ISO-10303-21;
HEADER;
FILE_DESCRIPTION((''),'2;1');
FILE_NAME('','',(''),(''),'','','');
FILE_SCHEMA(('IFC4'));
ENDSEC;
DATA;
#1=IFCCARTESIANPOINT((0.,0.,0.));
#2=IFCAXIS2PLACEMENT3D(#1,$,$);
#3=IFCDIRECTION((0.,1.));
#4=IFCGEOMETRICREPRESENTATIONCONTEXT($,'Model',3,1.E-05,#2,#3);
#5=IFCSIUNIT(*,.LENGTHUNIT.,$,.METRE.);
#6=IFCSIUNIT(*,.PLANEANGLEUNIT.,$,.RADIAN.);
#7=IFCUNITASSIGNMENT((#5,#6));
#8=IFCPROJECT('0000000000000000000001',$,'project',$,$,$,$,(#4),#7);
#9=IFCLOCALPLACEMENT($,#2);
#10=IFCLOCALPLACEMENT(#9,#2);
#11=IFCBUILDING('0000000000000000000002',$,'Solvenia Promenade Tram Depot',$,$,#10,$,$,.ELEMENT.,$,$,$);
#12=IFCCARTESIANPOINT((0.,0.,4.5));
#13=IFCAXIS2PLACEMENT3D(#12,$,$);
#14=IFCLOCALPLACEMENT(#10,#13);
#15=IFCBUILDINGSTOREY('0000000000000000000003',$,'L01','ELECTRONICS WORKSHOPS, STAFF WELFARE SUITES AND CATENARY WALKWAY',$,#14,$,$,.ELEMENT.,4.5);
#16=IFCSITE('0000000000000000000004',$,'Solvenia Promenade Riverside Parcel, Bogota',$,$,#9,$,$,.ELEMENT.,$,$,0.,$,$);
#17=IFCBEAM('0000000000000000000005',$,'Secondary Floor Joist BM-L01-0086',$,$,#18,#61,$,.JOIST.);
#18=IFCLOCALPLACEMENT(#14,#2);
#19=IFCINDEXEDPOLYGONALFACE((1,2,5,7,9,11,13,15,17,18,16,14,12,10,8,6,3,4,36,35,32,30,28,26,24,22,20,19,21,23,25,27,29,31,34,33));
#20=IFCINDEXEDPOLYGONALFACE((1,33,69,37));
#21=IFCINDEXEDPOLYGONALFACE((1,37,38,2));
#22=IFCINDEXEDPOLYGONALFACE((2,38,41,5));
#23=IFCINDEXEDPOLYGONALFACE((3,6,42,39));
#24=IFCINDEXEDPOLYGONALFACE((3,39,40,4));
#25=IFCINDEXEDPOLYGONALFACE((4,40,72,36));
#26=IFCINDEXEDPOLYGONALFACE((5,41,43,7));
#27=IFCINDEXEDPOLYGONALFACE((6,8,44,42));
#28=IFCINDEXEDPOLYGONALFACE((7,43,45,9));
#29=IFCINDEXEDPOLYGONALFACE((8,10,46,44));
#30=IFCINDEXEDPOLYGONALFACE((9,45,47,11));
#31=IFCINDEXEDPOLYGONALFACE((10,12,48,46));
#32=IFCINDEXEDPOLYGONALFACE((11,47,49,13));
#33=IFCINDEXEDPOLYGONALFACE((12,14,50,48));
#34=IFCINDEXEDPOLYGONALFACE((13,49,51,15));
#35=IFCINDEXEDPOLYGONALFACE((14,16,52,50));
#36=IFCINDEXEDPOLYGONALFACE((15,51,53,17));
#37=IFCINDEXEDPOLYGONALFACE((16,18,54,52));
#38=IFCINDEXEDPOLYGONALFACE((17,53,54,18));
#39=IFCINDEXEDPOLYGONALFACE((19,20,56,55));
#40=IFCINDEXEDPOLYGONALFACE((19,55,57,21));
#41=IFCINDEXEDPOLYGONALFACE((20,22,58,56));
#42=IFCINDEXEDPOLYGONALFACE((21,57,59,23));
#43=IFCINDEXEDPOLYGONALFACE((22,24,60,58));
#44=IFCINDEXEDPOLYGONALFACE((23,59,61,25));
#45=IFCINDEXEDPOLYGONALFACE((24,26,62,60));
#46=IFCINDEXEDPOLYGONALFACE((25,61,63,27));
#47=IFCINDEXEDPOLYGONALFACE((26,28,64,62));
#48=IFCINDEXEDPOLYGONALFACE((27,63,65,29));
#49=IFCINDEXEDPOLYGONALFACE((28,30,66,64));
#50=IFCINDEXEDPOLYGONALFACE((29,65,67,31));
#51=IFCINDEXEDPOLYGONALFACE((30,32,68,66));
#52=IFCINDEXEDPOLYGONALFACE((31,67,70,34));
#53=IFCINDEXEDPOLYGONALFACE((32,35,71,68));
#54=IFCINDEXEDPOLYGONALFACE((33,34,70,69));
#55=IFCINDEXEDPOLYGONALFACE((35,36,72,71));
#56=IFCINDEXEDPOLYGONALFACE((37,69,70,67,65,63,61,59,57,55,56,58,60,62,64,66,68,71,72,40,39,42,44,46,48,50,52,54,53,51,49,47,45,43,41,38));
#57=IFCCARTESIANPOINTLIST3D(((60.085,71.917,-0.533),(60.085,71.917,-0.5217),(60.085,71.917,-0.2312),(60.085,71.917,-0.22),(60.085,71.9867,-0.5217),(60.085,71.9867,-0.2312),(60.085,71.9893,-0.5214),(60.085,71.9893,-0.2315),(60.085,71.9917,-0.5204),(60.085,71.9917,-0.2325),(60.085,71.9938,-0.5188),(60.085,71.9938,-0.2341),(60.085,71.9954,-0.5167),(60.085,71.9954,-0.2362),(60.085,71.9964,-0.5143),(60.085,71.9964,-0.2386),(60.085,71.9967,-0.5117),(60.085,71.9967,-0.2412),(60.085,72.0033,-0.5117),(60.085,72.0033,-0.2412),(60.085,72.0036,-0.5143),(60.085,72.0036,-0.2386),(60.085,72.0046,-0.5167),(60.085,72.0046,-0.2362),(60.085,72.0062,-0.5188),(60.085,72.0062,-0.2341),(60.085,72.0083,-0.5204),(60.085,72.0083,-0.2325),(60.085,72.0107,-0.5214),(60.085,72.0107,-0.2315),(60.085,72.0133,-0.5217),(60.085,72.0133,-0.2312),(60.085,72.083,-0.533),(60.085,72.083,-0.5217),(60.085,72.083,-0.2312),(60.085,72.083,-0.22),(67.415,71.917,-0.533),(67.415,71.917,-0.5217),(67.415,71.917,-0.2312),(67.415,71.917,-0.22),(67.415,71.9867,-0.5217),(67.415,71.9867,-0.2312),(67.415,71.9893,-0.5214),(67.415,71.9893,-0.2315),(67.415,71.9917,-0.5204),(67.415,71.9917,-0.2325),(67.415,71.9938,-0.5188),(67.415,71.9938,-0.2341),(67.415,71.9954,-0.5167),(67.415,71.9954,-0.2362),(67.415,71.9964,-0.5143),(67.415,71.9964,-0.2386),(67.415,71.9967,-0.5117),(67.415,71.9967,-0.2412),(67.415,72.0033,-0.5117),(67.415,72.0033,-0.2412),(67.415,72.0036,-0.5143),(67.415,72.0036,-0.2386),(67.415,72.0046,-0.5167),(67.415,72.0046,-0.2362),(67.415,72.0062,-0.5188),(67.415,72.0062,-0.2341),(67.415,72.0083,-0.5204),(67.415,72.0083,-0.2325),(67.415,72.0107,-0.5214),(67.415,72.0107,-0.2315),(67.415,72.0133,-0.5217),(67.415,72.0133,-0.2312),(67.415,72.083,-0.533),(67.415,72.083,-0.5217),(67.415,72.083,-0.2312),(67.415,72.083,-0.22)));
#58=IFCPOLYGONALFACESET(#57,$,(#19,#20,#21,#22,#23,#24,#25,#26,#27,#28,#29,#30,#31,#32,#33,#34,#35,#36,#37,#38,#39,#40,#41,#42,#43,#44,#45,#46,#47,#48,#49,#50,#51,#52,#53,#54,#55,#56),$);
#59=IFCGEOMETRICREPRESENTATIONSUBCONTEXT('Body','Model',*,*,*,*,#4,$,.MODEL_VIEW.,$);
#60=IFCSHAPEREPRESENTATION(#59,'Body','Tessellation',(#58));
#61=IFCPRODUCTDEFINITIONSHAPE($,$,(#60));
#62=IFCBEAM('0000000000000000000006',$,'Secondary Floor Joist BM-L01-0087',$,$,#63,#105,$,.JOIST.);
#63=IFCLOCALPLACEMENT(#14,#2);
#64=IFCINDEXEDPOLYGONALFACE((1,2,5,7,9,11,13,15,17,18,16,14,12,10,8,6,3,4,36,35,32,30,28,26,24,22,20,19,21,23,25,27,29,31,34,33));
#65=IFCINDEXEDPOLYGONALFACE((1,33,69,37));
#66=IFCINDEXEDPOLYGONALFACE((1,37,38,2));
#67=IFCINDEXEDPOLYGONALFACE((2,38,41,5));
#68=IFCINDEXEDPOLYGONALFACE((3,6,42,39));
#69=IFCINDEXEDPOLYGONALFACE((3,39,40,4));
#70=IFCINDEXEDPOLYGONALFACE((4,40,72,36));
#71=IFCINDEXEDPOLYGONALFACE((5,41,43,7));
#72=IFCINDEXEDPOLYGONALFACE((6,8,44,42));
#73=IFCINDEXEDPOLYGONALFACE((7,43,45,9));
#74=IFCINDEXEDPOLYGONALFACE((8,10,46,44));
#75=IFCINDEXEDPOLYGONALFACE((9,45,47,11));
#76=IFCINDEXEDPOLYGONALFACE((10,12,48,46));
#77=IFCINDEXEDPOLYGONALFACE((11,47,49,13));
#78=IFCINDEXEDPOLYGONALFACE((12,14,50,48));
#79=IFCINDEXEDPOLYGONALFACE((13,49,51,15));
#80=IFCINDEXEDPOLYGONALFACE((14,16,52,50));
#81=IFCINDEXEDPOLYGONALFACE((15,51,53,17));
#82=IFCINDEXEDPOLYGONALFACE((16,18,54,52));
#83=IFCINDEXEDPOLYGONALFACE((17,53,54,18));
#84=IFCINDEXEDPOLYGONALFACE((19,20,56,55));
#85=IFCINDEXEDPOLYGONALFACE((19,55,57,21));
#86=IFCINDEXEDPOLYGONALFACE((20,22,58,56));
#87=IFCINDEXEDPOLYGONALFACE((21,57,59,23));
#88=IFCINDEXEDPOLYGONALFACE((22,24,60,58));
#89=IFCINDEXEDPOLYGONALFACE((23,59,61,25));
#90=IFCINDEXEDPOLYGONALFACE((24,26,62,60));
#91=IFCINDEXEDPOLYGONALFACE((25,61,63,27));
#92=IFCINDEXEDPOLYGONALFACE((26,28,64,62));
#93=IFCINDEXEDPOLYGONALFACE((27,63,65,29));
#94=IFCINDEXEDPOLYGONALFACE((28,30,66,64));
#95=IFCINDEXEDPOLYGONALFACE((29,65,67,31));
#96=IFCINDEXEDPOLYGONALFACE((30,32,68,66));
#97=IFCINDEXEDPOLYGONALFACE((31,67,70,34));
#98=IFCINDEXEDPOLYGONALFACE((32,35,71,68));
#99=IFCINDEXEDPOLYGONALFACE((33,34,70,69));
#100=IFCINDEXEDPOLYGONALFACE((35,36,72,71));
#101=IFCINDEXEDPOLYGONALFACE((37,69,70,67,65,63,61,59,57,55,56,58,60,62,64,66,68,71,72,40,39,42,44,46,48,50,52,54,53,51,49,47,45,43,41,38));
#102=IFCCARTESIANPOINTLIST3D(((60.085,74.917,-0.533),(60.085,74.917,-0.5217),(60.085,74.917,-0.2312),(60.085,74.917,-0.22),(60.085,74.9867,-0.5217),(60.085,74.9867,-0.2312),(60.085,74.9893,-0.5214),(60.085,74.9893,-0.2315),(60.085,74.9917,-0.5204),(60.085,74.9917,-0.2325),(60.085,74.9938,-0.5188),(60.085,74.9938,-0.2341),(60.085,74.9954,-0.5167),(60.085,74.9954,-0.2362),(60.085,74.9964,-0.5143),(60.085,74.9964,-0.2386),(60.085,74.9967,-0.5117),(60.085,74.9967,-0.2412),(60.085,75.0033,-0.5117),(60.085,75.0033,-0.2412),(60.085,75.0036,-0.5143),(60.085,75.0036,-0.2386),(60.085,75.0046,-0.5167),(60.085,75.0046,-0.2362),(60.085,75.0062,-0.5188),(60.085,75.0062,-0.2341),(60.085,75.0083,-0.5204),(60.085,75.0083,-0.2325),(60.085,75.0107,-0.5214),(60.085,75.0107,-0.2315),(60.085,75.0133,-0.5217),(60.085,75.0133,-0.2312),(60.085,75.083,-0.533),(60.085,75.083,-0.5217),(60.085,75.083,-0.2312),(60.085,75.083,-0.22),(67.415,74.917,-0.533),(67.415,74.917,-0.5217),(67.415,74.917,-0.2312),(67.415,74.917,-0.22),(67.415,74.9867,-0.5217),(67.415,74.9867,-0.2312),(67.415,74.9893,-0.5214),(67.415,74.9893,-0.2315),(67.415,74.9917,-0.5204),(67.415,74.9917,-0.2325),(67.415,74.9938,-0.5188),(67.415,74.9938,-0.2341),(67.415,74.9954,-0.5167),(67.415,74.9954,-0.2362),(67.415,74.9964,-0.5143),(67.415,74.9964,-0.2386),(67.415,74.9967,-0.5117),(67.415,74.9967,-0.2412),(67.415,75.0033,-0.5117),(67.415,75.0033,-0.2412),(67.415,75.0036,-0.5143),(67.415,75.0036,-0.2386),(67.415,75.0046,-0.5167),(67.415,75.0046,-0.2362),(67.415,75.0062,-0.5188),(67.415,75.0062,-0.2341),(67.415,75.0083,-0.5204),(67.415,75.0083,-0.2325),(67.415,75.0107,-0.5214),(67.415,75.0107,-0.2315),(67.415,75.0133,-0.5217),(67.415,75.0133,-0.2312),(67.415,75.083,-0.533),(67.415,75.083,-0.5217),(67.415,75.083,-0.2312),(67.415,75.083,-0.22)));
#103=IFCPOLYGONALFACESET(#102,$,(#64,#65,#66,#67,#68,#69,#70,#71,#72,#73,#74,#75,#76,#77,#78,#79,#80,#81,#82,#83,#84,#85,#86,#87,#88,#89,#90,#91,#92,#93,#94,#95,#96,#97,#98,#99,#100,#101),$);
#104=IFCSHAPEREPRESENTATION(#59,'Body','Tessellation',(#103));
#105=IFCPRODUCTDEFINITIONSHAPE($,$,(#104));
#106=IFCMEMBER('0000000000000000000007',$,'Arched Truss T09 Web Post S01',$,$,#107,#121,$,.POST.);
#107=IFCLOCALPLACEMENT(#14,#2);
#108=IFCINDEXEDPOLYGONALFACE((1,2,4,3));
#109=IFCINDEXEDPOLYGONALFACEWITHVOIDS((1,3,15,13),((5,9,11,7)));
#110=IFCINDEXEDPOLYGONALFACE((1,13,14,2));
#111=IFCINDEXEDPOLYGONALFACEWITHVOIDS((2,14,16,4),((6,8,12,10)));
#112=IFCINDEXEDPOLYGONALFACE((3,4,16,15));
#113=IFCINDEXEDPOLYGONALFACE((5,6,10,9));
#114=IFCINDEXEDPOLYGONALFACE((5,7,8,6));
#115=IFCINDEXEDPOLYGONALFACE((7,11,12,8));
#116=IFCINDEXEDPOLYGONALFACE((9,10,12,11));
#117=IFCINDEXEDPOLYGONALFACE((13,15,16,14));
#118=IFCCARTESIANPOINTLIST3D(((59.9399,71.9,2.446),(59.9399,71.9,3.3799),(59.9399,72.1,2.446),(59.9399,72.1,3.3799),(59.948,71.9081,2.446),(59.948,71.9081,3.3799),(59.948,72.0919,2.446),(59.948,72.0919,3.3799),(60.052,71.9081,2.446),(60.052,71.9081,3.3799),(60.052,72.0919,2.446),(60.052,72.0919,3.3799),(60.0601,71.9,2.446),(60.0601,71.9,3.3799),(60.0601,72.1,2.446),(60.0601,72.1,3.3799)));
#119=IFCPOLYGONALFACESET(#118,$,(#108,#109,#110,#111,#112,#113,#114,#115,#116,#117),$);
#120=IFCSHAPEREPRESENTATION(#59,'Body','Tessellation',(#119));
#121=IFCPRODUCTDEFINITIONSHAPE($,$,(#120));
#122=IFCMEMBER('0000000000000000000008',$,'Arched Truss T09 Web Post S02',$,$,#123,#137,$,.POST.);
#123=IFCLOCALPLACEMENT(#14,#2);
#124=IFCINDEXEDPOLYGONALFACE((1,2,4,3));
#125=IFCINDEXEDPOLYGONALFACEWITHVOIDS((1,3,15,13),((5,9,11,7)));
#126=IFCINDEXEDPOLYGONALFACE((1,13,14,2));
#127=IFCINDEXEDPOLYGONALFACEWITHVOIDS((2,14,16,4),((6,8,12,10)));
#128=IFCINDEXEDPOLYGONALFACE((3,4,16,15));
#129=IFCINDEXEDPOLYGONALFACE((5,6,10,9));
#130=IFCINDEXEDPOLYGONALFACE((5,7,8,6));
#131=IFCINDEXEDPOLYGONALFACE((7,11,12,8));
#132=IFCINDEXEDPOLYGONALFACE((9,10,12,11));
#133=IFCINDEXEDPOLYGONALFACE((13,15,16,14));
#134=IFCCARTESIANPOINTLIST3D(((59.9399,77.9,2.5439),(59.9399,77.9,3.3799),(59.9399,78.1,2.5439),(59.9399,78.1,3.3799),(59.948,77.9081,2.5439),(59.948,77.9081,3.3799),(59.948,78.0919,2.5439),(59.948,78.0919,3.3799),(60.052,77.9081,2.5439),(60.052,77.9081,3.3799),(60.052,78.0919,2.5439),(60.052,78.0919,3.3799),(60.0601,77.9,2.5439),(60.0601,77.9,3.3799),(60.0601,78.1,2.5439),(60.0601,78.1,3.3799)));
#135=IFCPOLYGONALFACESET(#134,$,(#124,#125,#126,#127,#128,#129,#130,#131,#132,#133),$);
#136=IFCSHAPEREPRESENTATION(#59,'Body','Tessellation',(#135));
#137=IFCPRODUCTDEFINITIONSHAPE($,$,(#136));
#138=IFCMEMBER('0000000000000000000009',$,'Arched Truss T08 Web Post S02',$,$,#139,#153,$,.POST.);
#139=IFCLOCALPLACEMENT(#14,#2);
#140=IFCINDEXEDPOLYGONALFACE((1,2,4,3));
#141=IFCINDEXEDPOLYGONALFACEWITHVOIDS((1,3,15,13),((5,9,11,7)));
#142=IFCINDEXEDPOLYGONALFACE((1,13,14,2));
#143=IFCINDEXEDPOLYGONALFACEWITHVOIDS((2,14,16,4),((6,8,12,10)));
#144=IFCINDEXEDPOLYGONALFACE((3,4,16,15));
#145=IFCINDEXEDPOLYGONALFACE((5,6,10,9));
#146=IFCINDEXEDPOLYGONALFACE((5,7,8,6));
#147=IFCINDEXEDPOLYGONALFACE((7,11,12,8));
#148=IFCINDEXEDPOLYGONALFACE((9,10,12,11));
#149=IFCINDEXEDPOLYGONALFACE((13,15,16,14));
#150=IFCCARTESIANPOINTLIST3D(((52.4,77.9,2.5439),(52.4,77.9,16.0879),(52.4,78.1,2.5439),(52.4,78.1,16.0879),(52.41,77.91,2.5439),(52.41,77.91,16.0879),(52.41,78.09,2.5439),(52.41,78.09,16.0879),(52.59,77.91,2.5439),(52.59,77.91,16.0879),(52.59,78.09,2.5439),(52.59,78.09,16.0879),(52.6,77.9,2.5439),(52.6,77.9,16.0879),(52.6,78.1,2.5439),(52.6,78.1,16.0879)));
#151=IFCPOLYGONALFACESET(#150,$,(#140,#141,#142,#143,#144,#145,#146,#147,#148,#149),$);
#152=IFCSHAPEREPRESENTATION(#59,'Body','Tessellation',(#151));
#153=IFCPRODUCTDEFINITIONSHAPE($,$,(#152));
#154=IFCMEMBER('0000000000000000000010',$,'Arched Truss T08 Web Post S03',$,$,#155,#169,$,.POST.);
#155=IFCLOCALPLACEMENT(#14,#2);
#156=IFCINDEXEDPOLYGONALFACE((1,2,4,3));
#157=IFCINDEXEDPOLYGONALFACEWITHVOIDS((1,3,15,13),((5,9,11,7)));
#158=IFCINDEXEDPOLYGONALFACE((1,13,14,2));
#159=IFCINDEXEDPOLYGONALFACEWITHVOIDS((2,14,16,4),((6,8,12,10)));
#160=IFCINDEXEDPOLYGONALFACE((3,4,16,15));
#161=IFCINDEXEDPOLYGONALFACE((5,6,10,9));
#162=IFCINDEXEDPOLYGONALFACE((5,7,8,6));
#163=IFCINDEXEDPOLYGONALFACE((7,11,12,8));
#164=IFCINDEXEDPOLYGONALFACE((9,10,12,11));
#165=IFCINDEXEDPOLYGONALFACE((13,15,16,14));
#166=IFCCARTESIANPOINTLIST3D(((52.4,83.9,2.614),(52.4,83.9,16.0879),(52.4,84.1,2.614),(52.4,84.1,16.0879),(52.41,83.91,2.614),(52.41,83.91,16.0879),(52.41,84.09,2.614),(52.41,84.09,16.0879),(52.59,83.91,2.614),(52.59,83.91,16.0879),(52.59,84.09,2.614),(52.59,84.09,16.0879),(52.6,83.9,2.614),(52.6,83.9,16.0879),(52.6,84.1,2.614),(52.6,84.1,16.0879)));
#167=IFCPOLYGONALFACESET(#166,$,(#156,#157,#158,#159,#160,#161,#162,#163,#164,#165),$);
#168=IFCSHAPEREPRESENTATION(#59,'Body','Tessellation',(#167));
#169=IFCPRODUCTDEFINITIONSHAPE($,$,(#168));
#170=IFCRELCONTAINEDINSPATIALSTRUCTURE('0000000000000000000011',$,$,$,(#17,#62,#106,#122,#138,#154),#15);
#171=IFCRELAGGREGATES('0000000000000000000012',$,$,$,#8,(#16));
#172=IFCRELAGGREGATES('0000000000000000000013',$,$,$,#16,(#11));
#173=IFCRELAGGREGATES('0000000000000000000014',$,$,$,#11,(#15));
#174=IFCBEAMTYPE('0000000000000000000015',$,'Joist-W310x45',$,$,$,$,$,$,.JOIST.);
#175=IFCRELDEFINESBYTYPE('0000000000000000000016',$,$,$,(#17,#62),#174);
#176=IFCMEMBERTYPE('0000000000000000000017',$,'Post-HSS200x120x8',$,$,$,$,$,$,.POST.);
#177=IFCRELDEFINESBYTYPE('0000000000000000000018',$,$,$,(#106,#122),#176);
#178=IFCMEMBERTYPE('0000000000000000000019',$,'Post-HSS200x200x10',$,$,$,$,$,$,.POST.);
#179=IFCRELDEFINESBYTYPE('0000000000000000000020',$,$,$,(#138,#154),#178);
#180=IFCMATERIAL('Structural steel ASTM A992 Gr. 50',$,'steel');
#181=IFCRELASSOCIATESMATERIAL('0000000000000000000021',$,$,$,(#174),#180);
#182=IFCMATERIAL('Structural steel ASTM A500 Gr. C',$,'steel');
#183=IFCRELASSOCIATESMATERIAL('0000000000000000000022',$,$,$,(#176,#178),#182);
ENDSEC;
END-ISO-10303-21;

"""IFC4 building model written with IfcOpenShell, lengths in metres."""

from ifc_helpers import new_model, si_unit, direction, frame, origin, origin_2d, place, context, subcontext, project, spatial, hollow_rectangle, i_section, extrude, material, material_profile, profile_set, type_object, element, save


model = new_model("IFC4")

# Units and contexts
model_context = context("Model", 3, precision=1e-05, world=origin(), true_north=direction((0.0, 1.0)))
body_context = subcontext(model_context, "Body", "Model", "MODEL_VIEW")
ifc_project = project(units=[si_unit("LENGTHUNIT", "METRE"), si_unit("PLANEANGLEUNIT", "RADIAN")], contexts=[model_context])

# Site, building, storey
site_placement = place(None, origin())
site = spatial("IfcSite", under=ifc_project, at=site_placement, Name="Solvenia Promenade Riverside Parcel, Bogota", CompositionType="ELEMENT", RefElevation=0.0)
building_placement = place(site_placement, origin())
building = spatial("IfcBuilding", under=site, at=building_placement, Name="Solvenia Promenade Tram Depot", CompositionType="ELEMENT")
storey_placement = place(building_placement, frame((0.0, 0.0, 4.5)))
storey = spatial("IfcBuildingStorey", under=building, at=storey_placement, Name="L01", Description="ELECTRONICS WORKSHOPS, STAFF WELFARE SUITES AND CATENARY WALKWAY", CompositionType="ELEMENT", Elevation=4.5)

# Shared definitions
ifc_material_1 = material(Name="Structural steel ASTM A500 Gr. C", Category="steel")

# Beams
ifc_material_2 = material(Name="Structural steel ASTM A992 Gr. 50", Category="steel")
ifc_material_profile_1 = material_profile(ifc_material_2, i_section(OverallWidth=0.166, OverallDepth=0.313, WebThickness=0.0066, FlangeThickness=0.0112, FilletRadius=0.01, at=origin_2d()), Name="W310x45", Category="steel")
ifc_profile_set_1 = profile_set([ifc_material_profile_1], Name="Structural steel ASTM A992 Gr. 50")
beam_type_1 = type_object("IfcBeamType", Name="Joist-W310x45", PredefinedType="JOIST", material=ifc_profile_set_1)
for number, where, z_axis, x_axis, name in (
    (1, (60.085, 72.0, -0.3765), (1.0, 0.0, 0.0), (0.0, 1.0, 0.0), "Secondary Floor Joist BM-L01-0086"),
    (2, (60.085, 75.0, -0.3765), (1.0, 0.0, 0.0), (0.0, 1.0, 0.0), "Secondary Floor Joist BM-L01-0087"),
):
    element("IfcBeam", number, at=place(storey_placement, frame(where, z_axis=z_axis, x_axis=x_axis)), inside=storey, type_object=beam_type_1, Name=name, PredefinedType="JOIST", context=body_context, shape_type="SweptSolid", body=[
        extrude(i_section(OverallWidth=0.166, OverallDepth=0.313, WebThickness=0.0066, FlangeThickness=0.0112, FilletRadius=0.01, at=origin_2d()), origin(), (0.0, 0.0, 1.0), 7.3301),
    ])

# Members
ifc_material_profile_2 = material_profile(ifc_material_1, hollow_rectangle(XDim=0.1201, YDim=0.2, WallThickness=0.0081, at=origin_2d()), Name="HSS200x120x8", Category="steel")
ifc_profile_set_2 = profile_set([ifc_material_profile_2], Name="Structural steel ASTM A500 Gr. C")
member_type_1 = type_object("IfcMemberType", Name="Post-HSS200x120x8", PredefinedType="POST", material=ifc_profile_set_2)
member_1_placement = place(storey_placement, frame((60.0, 72.0, 2.446), z_axis=(0.0, 0.0, 1.0), x_axis=(1.0, 0.0, 0.0)))
element("IfcMember", 3, at=member_1_placement, inside=storey, type_object=member_type_1, Name="Arched Truss T09 Web Post S01", PredefinedType="POST", context=body_context, shape_type="SweptSolid", body=[
    extrude(hollow_rectangle(XDim=0.1201, YDim=0.2, WallThickness=0.0081, at=origin_2d()), origin(), (0.0, 0.0, 1.0), 0.9338),
])
member_2_placement = place(storey_placement, frame((60.0, 78.0, 2.5439), z_axis=(0.0, 0.0, 1.0), x_axis=(1.0, 0.0, 0.0)))
element("IfcMember", 4, at=member_2_placement, inside=storey, type_object=member_type_1, Name="Arched Truss T09 Web Post S02", PredefinedType="POST", context=body_context, shape_type="SweptSolid", body=[
    extrude(hollow_rectangle(XDim=0.1201, YDim=0.2, WallThickness=0.0081, at=origin_2d()), origin(), (0.0, 0.0, 1.0), 0.8359),
])
ifc_material_profile_3 = material_profile(ifc_material_1, hollow_rectangle(XDim=0.2, YDim=0.2, WallThickness=0.01, at=origin_2d()), Name="HSS200x200x10", Category="steel")
ifc_profile_set_3 = profile_set([ifc_material_profile_3], Name="Structural steel ASTM A500 Gr. C")
member_type_2 = type_object("IfcMemberType", Name="Post-HSS200x200x10", PredefinedType="POST", material=ifc_profile_set_3)
member_3_placement = place(storey_placement, frame((52.5, 78.0, 2.5439), z_axis=(0.0, 0.0, 1.0), x_axis=(1.0, 0.0, 0.0)))
element("IfcMember", 5, at=member_3_placement, inside=storey, type_object=member_type_2, Name="Arched Truss T08 Web Post S02", PredefinedType="POST", context=body_context, shape_type="SweptSolid", body=[
    extrude(hollow_rectangle(XDim=0.2, YDim=0.2, WallThickness=0.01, at=origin_2d()), origin(), (0.0, 0.0, 1.0), 13.5439),
])
member_4_placement = place(storey_placement, frame((52.5, 84.0, 2.614), z_axis=(0.0, 0.0, 1.0), x_axis=(1.0, 0.0, 0.0)))
element("IfcMember", 6, at=member_4_placement, inside=storey, type_object=member_type_2, Name="Arched Truss T08 Web Post S03", PredefinedType="POST", context=body_context, shape_type="SweptSolid", body=[
    extrude(hollow_rectangle(XDim=0.2, YDim=0.2, WallThickness=0.01, at=origin_2d()), origin(), (0.0, 0.0, 1.0), 13.4739),
])

save(model, "model.ifc")
